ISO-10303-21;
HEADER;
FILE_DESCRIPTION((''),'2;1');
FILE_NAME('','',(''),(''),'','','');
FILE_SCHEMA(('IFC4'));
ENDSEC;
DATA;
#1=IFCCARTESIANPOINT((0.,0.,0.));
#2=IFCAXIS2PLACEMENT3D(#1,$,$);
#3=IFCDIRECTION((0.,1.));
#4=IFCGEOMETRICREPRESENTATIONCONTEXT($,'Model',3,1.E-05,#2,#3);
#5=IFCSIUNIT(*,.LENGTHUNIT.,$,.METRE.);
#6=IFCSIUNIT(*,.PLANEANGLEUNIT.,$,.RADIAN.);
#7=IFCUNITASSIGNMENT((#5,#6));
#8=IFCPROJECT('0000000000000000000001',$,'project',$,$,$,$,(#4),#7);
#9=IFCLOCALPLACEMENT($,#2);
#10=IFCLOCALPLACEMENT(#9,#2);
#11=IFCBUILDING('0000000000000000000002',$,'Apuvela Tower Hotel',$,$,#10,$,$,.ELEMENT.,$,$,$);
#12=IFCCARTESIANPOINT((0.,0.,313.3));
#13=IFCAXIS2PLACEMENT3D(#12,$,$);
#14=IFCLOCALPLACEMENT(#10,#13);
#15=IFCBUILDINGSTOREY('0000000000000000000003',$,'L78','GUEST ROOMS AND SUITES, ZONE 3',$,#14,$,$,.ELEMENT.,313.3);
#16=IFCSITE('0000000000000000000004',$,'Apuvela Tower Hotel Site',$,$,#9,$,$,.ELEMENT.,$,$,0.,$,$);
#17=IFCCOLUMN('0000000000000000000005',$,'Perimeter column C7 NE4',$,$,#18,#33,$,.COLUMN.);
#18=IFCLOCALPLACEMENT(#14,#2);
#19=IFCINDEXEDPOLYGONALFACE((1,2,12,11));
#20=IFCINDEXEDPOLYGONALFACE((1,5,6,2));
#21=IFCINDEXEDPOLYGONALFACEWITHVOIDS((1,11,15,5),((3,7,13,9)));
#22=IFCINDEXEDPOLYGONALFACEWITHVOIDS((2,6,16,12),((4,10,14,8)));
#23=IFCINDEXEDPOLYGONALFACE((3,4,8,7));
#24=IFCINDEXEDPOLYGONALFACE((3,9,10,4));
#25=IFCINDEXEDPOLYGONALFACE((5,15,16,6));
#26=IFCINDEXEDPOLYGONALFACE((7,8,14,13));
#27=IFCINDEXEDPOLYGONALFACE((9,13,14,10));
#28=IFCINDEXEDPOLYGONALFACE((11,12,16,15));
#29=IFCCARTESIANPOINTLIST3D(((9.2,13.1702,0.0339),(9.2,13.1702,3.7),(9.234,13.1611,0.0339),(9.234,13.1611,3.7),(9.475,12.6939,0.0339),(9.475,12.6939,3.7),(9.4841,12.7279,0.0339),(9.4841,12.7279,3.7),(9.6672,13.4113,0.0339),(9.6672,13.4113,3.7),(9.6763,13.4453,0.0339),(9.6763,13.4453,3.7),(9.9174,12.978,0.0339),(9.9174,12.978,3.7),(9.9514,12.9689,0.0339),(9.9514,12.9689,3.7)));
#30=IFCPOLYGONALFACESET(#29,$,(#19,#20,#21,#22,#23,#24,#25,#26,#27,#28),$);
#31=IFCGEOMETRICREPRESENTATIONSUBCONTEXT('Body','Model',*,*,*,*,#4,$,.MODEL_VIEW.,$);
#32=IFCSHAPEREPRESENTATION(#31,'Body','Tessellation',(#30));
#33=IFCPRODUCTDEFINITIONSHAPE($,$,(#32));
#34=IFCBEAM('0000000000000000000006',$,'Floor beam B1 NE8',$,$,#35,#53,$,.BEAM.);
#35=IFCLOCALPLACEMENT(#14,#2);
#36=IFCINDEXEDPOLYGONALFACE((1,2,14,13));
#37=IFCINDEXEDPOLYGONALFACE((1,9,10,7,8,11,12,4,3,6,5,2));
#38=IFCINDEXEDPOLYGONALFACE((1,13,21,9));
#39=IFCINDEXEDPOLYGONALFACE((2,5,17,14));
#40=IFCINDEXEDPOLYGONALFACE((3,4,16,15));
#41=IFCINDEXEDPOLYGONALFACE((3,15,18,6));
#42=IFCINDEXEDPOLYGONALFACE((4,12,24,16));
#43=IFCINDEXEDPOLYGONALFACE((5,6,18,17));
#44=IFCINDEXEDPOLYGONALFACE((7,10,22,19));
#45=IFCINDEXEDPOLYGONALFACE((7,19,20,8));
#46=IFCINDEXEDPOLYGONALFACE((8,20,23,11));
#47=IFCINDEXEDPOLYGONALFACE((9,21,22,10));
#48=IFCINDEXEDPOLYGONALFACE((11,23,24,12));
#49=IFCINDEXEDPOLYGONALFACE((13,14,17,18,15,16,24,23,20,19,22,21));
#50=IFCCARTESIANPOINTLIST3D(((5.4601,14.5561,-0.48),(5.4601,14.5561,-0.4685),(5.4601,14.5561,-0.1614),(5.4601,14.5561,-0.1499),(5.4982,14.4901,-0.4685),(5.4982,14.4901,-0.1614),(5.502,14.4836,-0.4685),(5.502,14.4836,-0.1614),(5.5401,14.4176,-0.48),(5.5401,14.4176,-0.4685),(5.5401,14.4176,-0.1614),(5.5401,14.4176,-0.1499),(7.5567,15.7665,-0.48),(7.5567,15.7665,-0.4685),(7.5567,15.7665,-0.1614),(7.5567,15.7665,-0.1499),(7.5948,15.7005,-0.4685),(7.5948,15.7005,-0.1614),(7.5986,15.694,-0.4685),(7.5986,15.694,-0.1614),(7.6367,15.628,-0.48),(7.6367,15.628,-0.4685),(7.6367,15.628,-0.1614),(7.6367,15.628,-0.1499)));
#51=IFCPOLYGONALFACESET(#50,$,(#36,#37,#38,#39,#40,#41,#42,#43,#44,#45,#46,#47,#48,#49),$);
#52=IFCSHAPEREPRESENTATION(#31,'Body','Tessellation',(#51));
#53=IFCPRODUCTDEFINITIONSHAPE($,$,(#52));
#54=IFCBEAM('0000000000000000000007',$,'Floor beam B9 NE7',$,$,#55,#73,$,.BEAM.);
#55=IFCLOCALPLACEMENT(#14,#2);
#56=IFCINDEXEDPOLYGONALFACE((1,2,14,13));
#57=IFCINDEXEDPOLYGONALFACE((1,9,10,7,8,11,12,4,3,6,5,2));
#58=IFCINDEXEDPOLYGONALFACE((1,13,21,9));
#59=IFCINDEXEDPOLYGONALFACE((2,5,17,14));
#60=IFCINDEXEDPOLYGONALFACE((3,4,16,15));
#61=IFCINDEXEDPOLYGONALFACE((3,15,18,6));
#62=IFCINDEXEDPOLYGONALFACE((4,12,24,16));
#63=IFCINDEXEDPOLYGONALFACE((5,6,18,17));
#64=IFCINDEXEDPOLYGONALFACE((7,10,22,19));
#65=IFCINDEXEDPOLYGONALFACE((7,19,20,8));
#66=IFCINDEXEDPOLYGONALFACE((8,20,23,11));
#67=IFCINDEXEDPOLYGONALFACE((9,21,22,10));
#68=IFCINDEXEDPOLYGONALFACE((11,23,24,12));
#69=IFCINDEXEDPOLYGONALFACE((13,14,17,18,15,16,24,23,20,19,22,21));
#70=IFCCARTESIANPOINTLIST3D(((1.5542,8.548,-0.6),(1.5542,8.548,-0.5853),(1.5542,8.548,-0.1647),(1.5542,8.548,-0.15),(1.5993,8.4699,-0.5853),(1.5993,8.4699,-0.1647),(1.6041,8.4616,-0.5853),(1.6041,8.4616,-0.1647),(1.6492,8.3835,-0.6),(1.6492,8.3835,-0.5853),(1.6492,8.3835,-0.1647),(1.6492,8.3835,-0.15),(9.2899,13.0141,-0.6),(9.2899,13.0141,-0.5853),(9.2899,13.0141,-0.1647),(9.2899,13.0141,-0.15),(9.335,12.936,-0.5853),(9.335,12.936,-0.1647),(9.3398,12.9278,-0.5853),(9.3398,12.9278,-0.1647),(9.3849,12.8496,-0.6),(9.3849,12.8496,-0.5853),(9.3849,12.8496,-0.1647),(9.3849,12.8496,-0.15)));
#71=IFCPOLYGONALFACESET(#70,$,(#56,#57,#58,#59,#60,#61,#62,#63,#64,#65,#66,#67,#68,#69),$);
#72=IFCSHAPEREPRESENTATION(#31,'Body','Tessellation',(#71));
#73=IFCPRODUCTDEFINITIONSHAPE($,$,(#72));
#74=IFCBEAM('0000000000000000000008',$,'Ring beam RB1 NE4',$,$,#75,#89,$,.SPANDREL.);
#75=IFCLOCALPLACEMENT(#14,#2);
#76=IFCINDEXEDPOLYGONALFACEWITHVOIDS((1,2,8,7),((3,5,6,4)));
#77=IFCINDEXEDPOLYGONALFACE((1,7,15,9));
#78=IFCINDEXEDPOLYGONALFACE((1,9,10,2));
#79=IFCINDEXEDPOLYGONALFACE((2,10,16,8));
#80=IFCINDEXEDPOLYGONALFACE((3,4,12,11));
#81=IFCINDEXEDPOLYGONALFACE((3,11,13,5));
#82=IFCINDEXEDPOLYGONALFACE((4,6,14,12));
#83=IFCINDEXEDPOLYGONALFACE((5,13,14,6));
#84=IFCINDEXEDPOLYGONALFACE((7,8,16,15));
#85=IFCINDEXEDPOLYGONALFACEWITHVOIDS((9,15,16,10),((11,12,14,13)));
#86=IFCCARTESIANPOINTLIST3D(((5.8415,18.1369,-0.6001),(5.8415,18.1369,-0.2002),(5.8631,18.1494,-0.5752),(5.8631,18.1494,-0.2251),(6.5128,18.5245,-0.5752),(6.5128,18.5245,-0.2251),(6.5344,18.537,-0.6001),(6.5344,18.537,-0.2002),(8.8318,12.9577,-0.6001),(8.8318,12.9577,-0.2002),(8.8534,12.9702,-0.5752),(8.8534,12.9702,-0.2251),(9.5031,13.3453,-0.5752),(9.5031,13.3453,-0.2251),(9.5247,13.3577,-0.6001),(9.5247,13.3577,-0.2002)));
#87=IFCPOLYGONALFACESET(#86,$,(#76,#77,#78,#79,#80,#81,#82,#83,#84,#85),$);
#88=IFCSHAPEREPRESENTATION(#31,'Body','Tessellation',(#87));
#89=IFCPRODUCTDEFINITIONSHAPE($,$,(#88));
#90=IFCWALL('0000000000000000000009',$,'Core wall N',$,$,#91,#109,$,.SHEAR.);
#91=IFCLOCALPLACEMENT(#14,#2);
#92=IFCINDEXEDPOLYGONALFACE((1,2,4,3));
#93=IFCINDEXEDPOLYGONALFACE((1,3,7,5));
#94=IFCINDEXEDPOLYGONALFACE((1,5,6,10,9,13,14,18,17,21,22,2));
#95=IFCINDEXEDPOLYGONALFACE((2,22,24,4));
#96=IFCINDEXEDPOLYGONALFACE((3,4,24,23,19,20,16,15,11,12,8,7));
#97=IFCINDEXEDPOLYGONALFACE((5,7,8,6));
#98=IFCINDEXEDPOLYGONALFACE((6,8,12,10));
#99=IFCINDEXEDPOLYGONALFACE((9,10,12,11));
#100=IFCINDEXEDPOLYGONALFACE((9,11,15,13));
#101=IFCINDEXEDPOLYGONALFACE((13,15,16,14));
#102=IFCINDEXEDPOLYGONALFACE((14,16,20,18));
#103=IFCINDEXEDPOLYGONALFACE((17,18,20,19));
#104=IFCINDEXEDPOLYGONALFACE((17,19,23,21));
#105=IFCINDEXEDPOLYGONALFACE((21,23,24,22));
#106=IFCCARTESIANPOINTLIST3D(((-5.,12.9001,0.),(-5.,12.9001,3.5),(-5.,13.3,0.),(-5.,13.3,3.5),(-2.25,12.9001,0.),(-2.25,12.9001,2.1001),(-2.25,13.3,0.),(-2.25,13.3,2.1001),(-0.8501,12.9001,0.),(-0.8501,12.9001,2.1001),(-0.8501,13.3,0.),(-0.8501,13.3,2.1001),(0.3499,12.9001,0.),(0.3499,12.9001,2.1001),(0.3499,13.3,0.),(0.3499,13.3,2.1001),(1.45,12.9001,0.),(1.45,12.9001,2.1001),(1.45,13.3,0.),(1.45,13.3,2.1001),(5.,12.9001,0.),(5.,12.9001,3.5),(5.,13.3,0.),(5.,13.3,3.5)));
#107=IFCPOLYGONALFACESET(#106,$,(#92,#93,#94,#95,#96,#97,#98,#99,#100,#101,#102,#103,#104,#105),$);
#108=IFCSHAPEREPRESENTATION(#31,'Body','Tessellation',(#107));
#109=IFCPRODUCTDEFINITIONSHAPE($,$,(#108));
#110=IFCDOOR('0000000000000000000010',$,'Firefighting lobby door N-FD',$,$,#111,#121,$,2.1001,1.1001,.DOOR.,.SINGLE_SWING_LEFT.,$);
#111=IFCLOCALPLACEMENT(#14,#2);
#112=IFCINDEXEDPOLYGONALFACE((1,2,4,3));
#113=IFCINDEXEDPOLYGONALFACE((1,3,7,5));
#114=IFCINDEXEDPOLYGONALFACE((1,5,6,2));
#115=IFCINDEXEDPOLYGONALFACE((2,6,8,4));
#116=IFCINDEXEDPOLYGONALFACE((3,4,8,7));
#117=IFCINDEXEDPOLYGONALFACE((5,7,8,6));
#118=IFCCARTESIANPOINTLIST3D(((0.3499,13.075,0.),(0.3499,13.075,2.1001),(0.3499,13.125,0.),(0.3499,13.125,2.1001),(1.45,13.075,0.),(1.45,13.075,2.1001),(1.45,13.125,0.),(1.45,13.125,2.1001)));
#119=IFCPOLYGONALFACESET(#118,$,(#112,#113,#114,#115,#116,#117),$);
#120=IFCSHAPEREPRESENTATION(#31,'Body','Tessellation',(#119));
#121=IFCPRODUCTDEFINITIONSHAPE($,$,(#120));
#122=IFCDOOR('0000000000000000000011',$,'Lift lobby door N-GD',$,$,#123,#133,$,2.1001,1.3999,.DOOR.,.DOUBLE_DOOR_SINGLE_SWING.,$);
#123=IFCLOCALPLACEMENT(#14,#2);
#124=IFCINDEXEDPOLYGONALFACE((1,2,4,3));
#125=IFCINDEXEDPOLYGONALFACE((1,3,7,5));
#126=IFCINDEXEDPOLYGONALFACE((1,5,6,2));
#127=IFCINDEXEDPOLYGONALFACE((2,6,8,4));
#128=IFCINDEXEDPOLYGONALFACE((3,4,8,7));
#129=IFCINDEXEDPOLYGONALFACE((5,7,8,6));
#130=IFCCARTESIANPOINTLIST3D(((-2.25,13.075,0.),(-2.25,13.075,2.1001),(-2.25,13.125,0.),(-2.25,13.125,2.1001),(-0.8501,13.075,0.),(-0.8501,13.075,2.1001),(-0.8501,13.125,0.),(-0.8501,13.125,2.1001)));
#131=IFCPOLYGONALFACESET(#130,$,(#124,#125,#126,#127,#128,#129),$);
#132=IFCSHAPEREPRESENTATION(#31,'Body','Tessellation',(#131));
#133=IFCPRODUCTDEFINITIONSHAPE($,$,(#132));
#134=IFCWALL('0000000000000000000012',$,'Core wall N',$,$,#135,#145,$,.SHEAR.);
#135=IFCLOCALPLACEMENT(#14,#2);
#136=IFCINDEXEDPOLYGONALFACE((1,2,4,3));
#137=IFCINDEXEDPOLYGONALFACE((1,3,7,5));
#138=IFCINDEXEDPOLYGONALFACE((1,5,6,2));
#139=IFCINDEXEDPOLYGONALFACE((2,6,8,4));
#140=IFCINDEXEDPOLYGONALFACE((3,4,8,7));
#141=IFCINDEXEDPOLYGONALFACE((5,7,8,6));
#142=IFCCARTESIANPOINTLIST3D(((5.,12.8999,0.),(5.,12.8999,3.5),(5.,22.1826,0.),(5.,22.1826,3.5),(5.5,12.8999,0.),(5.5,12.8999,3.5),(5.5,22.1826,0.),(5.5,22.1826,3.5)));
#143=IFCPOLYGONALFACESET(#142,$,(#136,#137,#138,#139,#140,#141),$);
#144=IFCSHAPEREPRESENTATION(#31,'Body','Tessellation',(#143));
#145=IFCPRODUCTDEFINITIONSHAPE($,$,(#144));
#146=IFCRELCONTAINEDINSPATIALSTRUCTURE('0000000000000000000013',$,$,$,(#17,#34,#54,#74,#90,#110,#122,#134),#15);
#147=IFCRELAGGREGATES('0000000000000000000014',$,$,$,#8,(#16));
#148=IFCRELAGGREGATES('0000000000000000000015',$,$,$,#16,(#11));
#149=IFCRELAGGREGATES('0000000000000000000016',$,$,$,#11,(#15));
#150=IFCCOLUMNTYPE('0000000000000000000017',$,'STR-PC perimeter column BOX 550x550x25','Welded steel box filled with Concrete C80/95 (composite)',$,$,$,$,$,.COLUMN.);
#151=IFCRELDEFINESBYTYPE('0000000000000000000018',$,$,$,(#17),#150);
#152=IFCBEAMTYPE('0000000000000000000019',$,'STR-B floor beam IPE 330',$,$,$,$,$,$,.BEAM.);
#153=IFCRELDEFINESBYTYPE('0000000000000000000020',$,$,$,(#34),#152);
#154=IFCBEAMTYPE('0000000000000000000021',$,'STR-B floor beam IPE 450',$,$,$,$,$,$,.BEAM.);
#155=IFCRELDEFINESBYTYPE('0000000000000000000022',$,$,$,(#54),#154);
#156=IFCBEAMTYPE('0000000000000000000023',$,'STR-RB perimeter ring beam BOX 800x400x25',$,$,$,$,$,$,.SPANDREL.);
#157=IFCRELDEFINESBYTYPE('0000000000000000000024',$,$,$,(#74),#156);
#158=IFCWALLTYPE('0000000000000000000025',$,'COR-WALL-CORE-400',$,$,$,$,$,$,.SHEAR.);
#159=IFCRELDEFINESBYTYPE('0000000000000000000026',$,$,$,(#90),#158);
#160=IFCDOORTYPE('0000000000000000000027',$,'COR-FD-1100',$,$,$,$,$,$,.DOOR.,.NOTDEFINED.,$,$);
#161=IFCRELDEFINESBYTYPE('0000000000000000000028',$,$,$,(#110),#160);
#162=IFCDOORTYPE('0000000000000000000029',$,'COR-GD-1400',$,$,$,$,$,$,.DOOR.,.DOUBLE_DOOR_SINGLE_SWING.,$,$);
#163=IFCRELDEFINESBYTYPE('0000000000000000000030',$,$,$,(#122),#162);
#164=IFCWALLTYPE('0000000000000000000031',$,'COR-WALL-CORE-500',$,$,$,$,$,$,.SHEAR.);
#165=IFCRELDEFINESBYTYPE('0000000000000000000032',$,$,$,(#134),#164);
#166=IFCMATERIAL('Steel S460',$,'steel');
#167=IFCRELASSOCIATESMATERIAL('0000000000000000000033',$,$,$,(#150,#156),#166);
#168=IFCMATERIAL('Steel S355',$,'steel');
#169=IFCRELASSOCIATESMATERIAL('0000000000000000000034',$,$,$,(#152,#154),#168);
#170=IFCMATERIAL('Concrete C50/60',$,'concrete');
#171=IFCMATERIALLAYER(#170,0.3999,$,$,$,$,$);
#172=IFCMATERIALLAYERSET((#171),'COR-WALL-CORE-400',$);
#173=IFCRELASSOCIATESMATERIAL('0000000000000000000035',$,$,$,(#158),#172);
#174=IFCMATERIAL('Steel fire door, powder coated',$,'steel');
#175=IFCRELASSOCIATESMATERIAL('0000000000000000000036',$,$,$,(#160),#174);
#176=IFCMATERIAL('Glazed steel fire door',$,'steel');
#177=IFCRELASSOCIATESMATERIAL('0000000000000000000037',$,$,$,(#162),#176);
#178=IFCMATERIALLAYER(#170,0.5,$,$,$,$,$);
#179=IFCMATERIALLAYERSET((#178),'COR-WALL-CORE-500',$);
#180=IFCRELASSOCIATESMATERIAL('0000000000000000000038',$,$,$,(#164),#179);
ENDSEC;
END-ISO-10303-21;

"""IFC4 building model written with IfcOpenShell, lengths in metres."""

from ifc_helpers import new_model, si_unit, direction, frame, frame_2d, origin, origin_2d, place, context, subcontext, project, spatial, rectangle, hollow_rectangle, i_section, extrude, boolean, halfspace, material, layer, layer_set, material_profile, profile_set, type_object, element, fill, save


model = new_model("IFC4")

# Units and contexts
model_context = context("Model", 3, precision=1e-05, world=origin(), true_north=direction((0.0, 1.0)))
body_context = subcontext(model_context, "Body", "Model", "MODEL_VIEW")
ifc_project = project(units=[si_unit("LENGTHUNIT", "METRE"), si_unit("PLANEANGLEUNIT", "RADIAN")], contexts=[model_context])

# Site, building, storey
site_placement = place(None, origin())
site = spatial("IfcSite", under=ifc_project, at=site_placement, Name="Apuvela Tower Hotel Site", CompositionType="ELEMENT", RefElevation=0.0)
building_placement = place(site_placement, origin())
building = spatial("IfcBuilding", under=site, at=building_placement, Name="Apuvela Tower Hotel", CompositionType="ELEMENT")
storey_placement = place(building_placement, frame((0.0, 0.0, 313.3)))
storey = spatial("IfcBuildingStorey", under=building, at=storey_placement, Name="L78", Description="GUEST ROOMS AND SUITES, ZONE 3", CompositionType="ELEMENT", Elevation=313.3)

# Column
ifc_material_1 = material(Name="Steel S460", Category="steel")
ifc_material_profile_1 = material_profile(ifc_material_1, hollow_rectangle(XDim=0.55, YDim=0.55, WallThickness=0.0249, at=origin_2d()), Name="BOX 550x550x25")
ifc_material_2 = material(Name="Concrete C80/95", Category="concrete")
ifc_material_profile_2 = material_profile(ifc_material_2, rectangle(XDim=0.5, YDim=0.5, at=origin_2d()), Name="Concrete C80/95 infill")
ifc_profile_set_1 = profile_set([ifc_material_profile_1, ifc_material_profile_2], Name="Steel S460")
column_type = type_object("IfcColumnType", Name="STR-PC perimeter column BOX 550x550x25", Description="Welded steel box filled with Concrete C80/95 (composite)", PredefinedType="COLUMN", material=ifc_profile_set_1)
column_placement = place(storey_placement, frame((9.5757, 13.0696, 0.0), z_axis=(0.0, 0.0, 1.0), x_axis=(-0.5, 0.866025, 0.0)))
element("IfcColumn", 1, at=column_placement, inside=storey, type_object=column_type, Name="Perimeter column C7 NE4", PredefinedType="COLUMN", context=body_context, shape_type="SweptSolid", body=[
    boolean("DIFFERENCE", extrude(hollow_rectangle(XDim=0.55, YDim=0.55, WallThickness=0.0249, at=origin_2d()), origin(), (0.0, 0.0, 1.0), 3.7), halfspace(frame((0.0, 0.0, 0.0339), z_axis=(0.0, 0.0, 1.0), x_axis=(1.0, 0.0, 0.0)), True)),
])

# Beams
ifc_material_3 = material(Name="Steel S355", Category="steel")
ifc_material_profile_3 = material_profile(ifc_material_3, i_section(OverallWidth=0.1599, OverallDepth=0.3301, WebThickness=0.0076, FlangeThickness=0.0115, at=origin_2d()), Name="IPE 330")
ifc_profile_set_2 = profile_set([ifc_material_profile_3], Name="Steel S355")
beam_type_1 = type_object("IfcBeamType", Name="STR-B floor beam IPE 330", PredefinedType="BEAM", material=ifc_profile_set_2)
beam_1_placement = place(storey_placement, frame((7.5967, 15.6973, -0.3149), z_axis=(-0.866038, -0.499979, 0.0), x_axis=(0.499979, -0.866038, 0.0)))
element("IfcBeam", 2, at=beam_1_placement, inside=storey, type_object=beam_type_1, Name="Floor beam B1 NE8", PredefinedType="BEAM", context=body_context, shape_type="SweptSolid", body=[
    extrude(i_section(OverallWidth=0.1599, OverallDepth=0.3301, WebThickness=0.0076, FlangeThickness=0.0115, at=origin_2d()), origin(), (0.0, 0.0, 1.0), 2.4209),
])
ifc_material_profile_4 = material_profile(ifc_material_3, i_section(OverallWidth=0.1899, OverallDepth=0.45, WebThickness=0.0095, FlangeThickness=0.0146, at=origin_2d()), Name="IPE 450")
ifc_profile_set_3 = profile_set([ifc_material_profile_4], Name="Steel S355")
beam_type_2 = type_object("IfcBeamType", Name="STR-B floor beam IPE 450", PredefinedType="BEAM", material=ifc_profile_set_3)
beam_2_placement = place(storey_placement, frame((9.3374, 12.9319, -0.375), z_axis=(-0.866029, -0.499993, 0.0), x_axis=(0.499993, -0.866029, 0.0)))
element("IfcBeam", 3, at=beam_2_placement, inside=storey, type_object=beam_type_2, Name="Floor beam B9 NE7", PredefinedType="BEAM", context=body_context, shape_type="SweptSolid", body=[
    extrude(i_section(OverallWidth=0.1899, OverallDepth=0.45, WebThickness=0.0095, FlangeThickness=0.0146, at=origin_2d()), origin(), (0.0, 0.0, 1.0), 8.9324),
])
ifc_material_profile_5 = material_profile(ifc_material_1, hollow_rectangle(XDim=0.8, YDim=0.3999, WallThickness=0.0249, at=origin_2d()), Name="BOX 800x400x25")
ifc_profile_set_4 = profile_set([ifc_material_profile_5], Name="Steel S460")
beam_type_3 = type_object("IfcBeamType", Name="STR-RB perimeter ring beam BOX 800x400x25", PredefinedType="SPANDREL", material=ifc_profile_set_4)
beam_3_placement = place(storey_placement, frame((9.1782, 13.1577, -0.4001), z_axis=(-0.500003, 0.866024, 0.0), x_axis=(-0.866024, -0.500003, 0.0)))
element("IfcBeam", 4, at=beam_3_placement, inside=storey, type_object=beam_type_3, Name="Ring beam RB1 NE4", PredefinedType="SPANDREL", context=body_context, shape_type="SweptSolid", body=[
    extrude(hollow_rectangle(XDim=0.8, YDim=0.3999, WallThickness=0.0249, at=origin_2d()), origin(), (0.0, 0.0, 1.0), 5.9805),
])

# Wall, openings, doors
ifc_material_4 = material(Name="Concrete C50/60", Category="concrete")
ifc_layer_1 = layer(ifc_material_4, 0.3999)
ifc_layer_set_1 = layer_set([ifc_layer_1], Name="COR-WALL-CORE-400")
wall_type_1 = type_object("IfcWallType", Name="COR-WALL-CORE-400", PredefinedType="SHEAR", material=ifc_layer_set_1)
wall_1_placement = place(storey_placement, frame((5.0, 13.1001, 0.0), z_axis=(0.0, 0.0, 1.0), x_axis=(-1.0, 0.0, 0.0)))
wall_1 = element("IfcWall", 5, at=wall_1_placement, inside=storey, type_object=wall_type_1, Name="Core wall N", PredefinedType="SHEAR", context=body_context, shape_type="SweptSolid", body=[
    extrude(rectangle(XDim=10.0, YDim=0.3999, at=frame_2d((5.0, 0.0))), origin(), (0.0, 0.0, 1.0), 3.5),
])
opening_1_placement = place(wall_1_placement, frame((3.55, 0.0, 0.0)))
opening_1 = element("IfcOpeningElement", 6, at=opening_1_placement, cuts=wall_1, PredefinedType="OPENING", context=body_context, shape_type="SweptSolid", body=[
    extrude(rectangle(XDim=1.1001, YDim=2.1001, at=frame_2d((0.55, 1.05))), frame((0.0, 0.21, 0.0), z_axis=(0.0, -1.0, 0.0), x_axis=(1.0, 0.0, 0.0)), (0.0, 0.0, 1.0), 0.4199),
])
opening_2_placement = place(wall_1_placement, frame((5.8501, 0.0, 0.0)))
opening_2 = element("IfcOpeningElement", 7, at=opening_2_placement, cuts=wall_1, PredefinedType="OPENING", context=body_context, shape_type="SweptSolid", body=[
    extrude(rectangle(XDim=1.3999, YDim=2.1001, at=frame_2d((0.7, 1.05))), frame((0.0, 0.21, 0.0), z_axis=(0.0, -1.0, 0.0), x_axis=(1.0, 0.0, 0.0)), (0.0, 0.0, 1.0), 0.4199),
])
ifc_material_5 = material(Name="Steel fire door, powder coated", Category="steel")
door_type_1 = type_object("IfcDoorType", Name="COR-FD-1100", OperationType="NOTDEFINED", PredefinedType="DOOR", material=ifc_material_5)
door_1_placement = place(opening_1_placement, frame((1.1001, 0.0, 0.0), z_axis=(0.0, 0.0, 1.0), x_axis=(-1.0, 0.0, 0.0)))
door_1 = element("IfcDoor", 8, at=door_1_placement, inside=storey, type_object=door_type_1, Name="Firefighting lobby door N-FD", OperationType="SINGLE_SWING_LEFT", OverallHeight=2.1001, OverallWidth=1.1001, PredefinedType="DOOR", context=body_context, shape_type="SweptSolid", body=[
    extrude(rectangle(XDim=1.1001, YDim=2.1001, at=frame_2d((0.55, 1.05))), frame((0.0, 0.0249, 0.0), z_axis=(0.0, -1.0, 0.0), x_axis=(1.0, 0.0, 0.0)), (0.0, 0.0, 1.0), 0.05),
])
fill(opening_1, door_1)
ifc_material_6 = material(Name="Glazed steel fire door", Category="steel")
door_type_2 = type_object("IfcDoorType", Name="COR-GD-1400", OperationType="DOUBLE_DOOR_SINGLE_SWING", PredefinedType="DOOR", material=ifc_material_6)
door_2_placement = place(opening_2_placement, frame((1.3999, 0.0, 0.0), z_axis=(0.0, 0.0, 1.0), x_axis=(-1.0, 0.0, 0.0)))
door_2 = element("IfcDoor", 9, at=door_2_placement, inside=storey, type_object=door_type_2, Name="Lift lobby door N-GD", OperationType="DOUBLE_DOOR_SINGLE_SWING", OverallHeight=2.1001, OverallWidth=1.3999, PredefinedType="DOOR", context=body_context, shape_type="SweptSolid", body=[
    extrude(rectangle(XDim=1.3999, YDim=2.1001, at=frame_2d((0.7, 1.05))), frame((0.0, 0.0249, 0.0), z_axis=(0.0, -1.0, 0.0), x_axis=(1.0, 0.0, 0.0)), (0.0, 0.0, 1.0), 0.05),
])
fill(opening_2, door_2)

# Wall
ifc_layer_2 = layer(ifc_material_4, 0.5)
ifc_layer_set_2 = layer_set([ifc_layer_2], Name="COR-WALL-CORE-500")
wall_type_2 = type_object("IfcWallType", Name="COR-WALL-CORE-500", PredefinedType="SHEAR", material=ifc_layer_set_2)
wall_2_placement = place(storey_placement, frame((5.25, 12.8999, 0.0), z_axis=(0.0, 0.0, 1.0), x_axis=(0.0, 1.0, 0.0)))
element("IfcWall", 10, at=wall_2_placement, inside=storey, type_object=wall_type_2, Name="Core wall N", PredefinedType="SHEAR", context=body_context, shape_type="SweptSolid", body=[
    extrude(rectangle(XDim=9.2827, YDim=0.5, at=frame_2d((4.6414, 0.0))), origin(), (0.0, 0.0, 1.0), 3.5),
])

save(model, "model.ifc")
